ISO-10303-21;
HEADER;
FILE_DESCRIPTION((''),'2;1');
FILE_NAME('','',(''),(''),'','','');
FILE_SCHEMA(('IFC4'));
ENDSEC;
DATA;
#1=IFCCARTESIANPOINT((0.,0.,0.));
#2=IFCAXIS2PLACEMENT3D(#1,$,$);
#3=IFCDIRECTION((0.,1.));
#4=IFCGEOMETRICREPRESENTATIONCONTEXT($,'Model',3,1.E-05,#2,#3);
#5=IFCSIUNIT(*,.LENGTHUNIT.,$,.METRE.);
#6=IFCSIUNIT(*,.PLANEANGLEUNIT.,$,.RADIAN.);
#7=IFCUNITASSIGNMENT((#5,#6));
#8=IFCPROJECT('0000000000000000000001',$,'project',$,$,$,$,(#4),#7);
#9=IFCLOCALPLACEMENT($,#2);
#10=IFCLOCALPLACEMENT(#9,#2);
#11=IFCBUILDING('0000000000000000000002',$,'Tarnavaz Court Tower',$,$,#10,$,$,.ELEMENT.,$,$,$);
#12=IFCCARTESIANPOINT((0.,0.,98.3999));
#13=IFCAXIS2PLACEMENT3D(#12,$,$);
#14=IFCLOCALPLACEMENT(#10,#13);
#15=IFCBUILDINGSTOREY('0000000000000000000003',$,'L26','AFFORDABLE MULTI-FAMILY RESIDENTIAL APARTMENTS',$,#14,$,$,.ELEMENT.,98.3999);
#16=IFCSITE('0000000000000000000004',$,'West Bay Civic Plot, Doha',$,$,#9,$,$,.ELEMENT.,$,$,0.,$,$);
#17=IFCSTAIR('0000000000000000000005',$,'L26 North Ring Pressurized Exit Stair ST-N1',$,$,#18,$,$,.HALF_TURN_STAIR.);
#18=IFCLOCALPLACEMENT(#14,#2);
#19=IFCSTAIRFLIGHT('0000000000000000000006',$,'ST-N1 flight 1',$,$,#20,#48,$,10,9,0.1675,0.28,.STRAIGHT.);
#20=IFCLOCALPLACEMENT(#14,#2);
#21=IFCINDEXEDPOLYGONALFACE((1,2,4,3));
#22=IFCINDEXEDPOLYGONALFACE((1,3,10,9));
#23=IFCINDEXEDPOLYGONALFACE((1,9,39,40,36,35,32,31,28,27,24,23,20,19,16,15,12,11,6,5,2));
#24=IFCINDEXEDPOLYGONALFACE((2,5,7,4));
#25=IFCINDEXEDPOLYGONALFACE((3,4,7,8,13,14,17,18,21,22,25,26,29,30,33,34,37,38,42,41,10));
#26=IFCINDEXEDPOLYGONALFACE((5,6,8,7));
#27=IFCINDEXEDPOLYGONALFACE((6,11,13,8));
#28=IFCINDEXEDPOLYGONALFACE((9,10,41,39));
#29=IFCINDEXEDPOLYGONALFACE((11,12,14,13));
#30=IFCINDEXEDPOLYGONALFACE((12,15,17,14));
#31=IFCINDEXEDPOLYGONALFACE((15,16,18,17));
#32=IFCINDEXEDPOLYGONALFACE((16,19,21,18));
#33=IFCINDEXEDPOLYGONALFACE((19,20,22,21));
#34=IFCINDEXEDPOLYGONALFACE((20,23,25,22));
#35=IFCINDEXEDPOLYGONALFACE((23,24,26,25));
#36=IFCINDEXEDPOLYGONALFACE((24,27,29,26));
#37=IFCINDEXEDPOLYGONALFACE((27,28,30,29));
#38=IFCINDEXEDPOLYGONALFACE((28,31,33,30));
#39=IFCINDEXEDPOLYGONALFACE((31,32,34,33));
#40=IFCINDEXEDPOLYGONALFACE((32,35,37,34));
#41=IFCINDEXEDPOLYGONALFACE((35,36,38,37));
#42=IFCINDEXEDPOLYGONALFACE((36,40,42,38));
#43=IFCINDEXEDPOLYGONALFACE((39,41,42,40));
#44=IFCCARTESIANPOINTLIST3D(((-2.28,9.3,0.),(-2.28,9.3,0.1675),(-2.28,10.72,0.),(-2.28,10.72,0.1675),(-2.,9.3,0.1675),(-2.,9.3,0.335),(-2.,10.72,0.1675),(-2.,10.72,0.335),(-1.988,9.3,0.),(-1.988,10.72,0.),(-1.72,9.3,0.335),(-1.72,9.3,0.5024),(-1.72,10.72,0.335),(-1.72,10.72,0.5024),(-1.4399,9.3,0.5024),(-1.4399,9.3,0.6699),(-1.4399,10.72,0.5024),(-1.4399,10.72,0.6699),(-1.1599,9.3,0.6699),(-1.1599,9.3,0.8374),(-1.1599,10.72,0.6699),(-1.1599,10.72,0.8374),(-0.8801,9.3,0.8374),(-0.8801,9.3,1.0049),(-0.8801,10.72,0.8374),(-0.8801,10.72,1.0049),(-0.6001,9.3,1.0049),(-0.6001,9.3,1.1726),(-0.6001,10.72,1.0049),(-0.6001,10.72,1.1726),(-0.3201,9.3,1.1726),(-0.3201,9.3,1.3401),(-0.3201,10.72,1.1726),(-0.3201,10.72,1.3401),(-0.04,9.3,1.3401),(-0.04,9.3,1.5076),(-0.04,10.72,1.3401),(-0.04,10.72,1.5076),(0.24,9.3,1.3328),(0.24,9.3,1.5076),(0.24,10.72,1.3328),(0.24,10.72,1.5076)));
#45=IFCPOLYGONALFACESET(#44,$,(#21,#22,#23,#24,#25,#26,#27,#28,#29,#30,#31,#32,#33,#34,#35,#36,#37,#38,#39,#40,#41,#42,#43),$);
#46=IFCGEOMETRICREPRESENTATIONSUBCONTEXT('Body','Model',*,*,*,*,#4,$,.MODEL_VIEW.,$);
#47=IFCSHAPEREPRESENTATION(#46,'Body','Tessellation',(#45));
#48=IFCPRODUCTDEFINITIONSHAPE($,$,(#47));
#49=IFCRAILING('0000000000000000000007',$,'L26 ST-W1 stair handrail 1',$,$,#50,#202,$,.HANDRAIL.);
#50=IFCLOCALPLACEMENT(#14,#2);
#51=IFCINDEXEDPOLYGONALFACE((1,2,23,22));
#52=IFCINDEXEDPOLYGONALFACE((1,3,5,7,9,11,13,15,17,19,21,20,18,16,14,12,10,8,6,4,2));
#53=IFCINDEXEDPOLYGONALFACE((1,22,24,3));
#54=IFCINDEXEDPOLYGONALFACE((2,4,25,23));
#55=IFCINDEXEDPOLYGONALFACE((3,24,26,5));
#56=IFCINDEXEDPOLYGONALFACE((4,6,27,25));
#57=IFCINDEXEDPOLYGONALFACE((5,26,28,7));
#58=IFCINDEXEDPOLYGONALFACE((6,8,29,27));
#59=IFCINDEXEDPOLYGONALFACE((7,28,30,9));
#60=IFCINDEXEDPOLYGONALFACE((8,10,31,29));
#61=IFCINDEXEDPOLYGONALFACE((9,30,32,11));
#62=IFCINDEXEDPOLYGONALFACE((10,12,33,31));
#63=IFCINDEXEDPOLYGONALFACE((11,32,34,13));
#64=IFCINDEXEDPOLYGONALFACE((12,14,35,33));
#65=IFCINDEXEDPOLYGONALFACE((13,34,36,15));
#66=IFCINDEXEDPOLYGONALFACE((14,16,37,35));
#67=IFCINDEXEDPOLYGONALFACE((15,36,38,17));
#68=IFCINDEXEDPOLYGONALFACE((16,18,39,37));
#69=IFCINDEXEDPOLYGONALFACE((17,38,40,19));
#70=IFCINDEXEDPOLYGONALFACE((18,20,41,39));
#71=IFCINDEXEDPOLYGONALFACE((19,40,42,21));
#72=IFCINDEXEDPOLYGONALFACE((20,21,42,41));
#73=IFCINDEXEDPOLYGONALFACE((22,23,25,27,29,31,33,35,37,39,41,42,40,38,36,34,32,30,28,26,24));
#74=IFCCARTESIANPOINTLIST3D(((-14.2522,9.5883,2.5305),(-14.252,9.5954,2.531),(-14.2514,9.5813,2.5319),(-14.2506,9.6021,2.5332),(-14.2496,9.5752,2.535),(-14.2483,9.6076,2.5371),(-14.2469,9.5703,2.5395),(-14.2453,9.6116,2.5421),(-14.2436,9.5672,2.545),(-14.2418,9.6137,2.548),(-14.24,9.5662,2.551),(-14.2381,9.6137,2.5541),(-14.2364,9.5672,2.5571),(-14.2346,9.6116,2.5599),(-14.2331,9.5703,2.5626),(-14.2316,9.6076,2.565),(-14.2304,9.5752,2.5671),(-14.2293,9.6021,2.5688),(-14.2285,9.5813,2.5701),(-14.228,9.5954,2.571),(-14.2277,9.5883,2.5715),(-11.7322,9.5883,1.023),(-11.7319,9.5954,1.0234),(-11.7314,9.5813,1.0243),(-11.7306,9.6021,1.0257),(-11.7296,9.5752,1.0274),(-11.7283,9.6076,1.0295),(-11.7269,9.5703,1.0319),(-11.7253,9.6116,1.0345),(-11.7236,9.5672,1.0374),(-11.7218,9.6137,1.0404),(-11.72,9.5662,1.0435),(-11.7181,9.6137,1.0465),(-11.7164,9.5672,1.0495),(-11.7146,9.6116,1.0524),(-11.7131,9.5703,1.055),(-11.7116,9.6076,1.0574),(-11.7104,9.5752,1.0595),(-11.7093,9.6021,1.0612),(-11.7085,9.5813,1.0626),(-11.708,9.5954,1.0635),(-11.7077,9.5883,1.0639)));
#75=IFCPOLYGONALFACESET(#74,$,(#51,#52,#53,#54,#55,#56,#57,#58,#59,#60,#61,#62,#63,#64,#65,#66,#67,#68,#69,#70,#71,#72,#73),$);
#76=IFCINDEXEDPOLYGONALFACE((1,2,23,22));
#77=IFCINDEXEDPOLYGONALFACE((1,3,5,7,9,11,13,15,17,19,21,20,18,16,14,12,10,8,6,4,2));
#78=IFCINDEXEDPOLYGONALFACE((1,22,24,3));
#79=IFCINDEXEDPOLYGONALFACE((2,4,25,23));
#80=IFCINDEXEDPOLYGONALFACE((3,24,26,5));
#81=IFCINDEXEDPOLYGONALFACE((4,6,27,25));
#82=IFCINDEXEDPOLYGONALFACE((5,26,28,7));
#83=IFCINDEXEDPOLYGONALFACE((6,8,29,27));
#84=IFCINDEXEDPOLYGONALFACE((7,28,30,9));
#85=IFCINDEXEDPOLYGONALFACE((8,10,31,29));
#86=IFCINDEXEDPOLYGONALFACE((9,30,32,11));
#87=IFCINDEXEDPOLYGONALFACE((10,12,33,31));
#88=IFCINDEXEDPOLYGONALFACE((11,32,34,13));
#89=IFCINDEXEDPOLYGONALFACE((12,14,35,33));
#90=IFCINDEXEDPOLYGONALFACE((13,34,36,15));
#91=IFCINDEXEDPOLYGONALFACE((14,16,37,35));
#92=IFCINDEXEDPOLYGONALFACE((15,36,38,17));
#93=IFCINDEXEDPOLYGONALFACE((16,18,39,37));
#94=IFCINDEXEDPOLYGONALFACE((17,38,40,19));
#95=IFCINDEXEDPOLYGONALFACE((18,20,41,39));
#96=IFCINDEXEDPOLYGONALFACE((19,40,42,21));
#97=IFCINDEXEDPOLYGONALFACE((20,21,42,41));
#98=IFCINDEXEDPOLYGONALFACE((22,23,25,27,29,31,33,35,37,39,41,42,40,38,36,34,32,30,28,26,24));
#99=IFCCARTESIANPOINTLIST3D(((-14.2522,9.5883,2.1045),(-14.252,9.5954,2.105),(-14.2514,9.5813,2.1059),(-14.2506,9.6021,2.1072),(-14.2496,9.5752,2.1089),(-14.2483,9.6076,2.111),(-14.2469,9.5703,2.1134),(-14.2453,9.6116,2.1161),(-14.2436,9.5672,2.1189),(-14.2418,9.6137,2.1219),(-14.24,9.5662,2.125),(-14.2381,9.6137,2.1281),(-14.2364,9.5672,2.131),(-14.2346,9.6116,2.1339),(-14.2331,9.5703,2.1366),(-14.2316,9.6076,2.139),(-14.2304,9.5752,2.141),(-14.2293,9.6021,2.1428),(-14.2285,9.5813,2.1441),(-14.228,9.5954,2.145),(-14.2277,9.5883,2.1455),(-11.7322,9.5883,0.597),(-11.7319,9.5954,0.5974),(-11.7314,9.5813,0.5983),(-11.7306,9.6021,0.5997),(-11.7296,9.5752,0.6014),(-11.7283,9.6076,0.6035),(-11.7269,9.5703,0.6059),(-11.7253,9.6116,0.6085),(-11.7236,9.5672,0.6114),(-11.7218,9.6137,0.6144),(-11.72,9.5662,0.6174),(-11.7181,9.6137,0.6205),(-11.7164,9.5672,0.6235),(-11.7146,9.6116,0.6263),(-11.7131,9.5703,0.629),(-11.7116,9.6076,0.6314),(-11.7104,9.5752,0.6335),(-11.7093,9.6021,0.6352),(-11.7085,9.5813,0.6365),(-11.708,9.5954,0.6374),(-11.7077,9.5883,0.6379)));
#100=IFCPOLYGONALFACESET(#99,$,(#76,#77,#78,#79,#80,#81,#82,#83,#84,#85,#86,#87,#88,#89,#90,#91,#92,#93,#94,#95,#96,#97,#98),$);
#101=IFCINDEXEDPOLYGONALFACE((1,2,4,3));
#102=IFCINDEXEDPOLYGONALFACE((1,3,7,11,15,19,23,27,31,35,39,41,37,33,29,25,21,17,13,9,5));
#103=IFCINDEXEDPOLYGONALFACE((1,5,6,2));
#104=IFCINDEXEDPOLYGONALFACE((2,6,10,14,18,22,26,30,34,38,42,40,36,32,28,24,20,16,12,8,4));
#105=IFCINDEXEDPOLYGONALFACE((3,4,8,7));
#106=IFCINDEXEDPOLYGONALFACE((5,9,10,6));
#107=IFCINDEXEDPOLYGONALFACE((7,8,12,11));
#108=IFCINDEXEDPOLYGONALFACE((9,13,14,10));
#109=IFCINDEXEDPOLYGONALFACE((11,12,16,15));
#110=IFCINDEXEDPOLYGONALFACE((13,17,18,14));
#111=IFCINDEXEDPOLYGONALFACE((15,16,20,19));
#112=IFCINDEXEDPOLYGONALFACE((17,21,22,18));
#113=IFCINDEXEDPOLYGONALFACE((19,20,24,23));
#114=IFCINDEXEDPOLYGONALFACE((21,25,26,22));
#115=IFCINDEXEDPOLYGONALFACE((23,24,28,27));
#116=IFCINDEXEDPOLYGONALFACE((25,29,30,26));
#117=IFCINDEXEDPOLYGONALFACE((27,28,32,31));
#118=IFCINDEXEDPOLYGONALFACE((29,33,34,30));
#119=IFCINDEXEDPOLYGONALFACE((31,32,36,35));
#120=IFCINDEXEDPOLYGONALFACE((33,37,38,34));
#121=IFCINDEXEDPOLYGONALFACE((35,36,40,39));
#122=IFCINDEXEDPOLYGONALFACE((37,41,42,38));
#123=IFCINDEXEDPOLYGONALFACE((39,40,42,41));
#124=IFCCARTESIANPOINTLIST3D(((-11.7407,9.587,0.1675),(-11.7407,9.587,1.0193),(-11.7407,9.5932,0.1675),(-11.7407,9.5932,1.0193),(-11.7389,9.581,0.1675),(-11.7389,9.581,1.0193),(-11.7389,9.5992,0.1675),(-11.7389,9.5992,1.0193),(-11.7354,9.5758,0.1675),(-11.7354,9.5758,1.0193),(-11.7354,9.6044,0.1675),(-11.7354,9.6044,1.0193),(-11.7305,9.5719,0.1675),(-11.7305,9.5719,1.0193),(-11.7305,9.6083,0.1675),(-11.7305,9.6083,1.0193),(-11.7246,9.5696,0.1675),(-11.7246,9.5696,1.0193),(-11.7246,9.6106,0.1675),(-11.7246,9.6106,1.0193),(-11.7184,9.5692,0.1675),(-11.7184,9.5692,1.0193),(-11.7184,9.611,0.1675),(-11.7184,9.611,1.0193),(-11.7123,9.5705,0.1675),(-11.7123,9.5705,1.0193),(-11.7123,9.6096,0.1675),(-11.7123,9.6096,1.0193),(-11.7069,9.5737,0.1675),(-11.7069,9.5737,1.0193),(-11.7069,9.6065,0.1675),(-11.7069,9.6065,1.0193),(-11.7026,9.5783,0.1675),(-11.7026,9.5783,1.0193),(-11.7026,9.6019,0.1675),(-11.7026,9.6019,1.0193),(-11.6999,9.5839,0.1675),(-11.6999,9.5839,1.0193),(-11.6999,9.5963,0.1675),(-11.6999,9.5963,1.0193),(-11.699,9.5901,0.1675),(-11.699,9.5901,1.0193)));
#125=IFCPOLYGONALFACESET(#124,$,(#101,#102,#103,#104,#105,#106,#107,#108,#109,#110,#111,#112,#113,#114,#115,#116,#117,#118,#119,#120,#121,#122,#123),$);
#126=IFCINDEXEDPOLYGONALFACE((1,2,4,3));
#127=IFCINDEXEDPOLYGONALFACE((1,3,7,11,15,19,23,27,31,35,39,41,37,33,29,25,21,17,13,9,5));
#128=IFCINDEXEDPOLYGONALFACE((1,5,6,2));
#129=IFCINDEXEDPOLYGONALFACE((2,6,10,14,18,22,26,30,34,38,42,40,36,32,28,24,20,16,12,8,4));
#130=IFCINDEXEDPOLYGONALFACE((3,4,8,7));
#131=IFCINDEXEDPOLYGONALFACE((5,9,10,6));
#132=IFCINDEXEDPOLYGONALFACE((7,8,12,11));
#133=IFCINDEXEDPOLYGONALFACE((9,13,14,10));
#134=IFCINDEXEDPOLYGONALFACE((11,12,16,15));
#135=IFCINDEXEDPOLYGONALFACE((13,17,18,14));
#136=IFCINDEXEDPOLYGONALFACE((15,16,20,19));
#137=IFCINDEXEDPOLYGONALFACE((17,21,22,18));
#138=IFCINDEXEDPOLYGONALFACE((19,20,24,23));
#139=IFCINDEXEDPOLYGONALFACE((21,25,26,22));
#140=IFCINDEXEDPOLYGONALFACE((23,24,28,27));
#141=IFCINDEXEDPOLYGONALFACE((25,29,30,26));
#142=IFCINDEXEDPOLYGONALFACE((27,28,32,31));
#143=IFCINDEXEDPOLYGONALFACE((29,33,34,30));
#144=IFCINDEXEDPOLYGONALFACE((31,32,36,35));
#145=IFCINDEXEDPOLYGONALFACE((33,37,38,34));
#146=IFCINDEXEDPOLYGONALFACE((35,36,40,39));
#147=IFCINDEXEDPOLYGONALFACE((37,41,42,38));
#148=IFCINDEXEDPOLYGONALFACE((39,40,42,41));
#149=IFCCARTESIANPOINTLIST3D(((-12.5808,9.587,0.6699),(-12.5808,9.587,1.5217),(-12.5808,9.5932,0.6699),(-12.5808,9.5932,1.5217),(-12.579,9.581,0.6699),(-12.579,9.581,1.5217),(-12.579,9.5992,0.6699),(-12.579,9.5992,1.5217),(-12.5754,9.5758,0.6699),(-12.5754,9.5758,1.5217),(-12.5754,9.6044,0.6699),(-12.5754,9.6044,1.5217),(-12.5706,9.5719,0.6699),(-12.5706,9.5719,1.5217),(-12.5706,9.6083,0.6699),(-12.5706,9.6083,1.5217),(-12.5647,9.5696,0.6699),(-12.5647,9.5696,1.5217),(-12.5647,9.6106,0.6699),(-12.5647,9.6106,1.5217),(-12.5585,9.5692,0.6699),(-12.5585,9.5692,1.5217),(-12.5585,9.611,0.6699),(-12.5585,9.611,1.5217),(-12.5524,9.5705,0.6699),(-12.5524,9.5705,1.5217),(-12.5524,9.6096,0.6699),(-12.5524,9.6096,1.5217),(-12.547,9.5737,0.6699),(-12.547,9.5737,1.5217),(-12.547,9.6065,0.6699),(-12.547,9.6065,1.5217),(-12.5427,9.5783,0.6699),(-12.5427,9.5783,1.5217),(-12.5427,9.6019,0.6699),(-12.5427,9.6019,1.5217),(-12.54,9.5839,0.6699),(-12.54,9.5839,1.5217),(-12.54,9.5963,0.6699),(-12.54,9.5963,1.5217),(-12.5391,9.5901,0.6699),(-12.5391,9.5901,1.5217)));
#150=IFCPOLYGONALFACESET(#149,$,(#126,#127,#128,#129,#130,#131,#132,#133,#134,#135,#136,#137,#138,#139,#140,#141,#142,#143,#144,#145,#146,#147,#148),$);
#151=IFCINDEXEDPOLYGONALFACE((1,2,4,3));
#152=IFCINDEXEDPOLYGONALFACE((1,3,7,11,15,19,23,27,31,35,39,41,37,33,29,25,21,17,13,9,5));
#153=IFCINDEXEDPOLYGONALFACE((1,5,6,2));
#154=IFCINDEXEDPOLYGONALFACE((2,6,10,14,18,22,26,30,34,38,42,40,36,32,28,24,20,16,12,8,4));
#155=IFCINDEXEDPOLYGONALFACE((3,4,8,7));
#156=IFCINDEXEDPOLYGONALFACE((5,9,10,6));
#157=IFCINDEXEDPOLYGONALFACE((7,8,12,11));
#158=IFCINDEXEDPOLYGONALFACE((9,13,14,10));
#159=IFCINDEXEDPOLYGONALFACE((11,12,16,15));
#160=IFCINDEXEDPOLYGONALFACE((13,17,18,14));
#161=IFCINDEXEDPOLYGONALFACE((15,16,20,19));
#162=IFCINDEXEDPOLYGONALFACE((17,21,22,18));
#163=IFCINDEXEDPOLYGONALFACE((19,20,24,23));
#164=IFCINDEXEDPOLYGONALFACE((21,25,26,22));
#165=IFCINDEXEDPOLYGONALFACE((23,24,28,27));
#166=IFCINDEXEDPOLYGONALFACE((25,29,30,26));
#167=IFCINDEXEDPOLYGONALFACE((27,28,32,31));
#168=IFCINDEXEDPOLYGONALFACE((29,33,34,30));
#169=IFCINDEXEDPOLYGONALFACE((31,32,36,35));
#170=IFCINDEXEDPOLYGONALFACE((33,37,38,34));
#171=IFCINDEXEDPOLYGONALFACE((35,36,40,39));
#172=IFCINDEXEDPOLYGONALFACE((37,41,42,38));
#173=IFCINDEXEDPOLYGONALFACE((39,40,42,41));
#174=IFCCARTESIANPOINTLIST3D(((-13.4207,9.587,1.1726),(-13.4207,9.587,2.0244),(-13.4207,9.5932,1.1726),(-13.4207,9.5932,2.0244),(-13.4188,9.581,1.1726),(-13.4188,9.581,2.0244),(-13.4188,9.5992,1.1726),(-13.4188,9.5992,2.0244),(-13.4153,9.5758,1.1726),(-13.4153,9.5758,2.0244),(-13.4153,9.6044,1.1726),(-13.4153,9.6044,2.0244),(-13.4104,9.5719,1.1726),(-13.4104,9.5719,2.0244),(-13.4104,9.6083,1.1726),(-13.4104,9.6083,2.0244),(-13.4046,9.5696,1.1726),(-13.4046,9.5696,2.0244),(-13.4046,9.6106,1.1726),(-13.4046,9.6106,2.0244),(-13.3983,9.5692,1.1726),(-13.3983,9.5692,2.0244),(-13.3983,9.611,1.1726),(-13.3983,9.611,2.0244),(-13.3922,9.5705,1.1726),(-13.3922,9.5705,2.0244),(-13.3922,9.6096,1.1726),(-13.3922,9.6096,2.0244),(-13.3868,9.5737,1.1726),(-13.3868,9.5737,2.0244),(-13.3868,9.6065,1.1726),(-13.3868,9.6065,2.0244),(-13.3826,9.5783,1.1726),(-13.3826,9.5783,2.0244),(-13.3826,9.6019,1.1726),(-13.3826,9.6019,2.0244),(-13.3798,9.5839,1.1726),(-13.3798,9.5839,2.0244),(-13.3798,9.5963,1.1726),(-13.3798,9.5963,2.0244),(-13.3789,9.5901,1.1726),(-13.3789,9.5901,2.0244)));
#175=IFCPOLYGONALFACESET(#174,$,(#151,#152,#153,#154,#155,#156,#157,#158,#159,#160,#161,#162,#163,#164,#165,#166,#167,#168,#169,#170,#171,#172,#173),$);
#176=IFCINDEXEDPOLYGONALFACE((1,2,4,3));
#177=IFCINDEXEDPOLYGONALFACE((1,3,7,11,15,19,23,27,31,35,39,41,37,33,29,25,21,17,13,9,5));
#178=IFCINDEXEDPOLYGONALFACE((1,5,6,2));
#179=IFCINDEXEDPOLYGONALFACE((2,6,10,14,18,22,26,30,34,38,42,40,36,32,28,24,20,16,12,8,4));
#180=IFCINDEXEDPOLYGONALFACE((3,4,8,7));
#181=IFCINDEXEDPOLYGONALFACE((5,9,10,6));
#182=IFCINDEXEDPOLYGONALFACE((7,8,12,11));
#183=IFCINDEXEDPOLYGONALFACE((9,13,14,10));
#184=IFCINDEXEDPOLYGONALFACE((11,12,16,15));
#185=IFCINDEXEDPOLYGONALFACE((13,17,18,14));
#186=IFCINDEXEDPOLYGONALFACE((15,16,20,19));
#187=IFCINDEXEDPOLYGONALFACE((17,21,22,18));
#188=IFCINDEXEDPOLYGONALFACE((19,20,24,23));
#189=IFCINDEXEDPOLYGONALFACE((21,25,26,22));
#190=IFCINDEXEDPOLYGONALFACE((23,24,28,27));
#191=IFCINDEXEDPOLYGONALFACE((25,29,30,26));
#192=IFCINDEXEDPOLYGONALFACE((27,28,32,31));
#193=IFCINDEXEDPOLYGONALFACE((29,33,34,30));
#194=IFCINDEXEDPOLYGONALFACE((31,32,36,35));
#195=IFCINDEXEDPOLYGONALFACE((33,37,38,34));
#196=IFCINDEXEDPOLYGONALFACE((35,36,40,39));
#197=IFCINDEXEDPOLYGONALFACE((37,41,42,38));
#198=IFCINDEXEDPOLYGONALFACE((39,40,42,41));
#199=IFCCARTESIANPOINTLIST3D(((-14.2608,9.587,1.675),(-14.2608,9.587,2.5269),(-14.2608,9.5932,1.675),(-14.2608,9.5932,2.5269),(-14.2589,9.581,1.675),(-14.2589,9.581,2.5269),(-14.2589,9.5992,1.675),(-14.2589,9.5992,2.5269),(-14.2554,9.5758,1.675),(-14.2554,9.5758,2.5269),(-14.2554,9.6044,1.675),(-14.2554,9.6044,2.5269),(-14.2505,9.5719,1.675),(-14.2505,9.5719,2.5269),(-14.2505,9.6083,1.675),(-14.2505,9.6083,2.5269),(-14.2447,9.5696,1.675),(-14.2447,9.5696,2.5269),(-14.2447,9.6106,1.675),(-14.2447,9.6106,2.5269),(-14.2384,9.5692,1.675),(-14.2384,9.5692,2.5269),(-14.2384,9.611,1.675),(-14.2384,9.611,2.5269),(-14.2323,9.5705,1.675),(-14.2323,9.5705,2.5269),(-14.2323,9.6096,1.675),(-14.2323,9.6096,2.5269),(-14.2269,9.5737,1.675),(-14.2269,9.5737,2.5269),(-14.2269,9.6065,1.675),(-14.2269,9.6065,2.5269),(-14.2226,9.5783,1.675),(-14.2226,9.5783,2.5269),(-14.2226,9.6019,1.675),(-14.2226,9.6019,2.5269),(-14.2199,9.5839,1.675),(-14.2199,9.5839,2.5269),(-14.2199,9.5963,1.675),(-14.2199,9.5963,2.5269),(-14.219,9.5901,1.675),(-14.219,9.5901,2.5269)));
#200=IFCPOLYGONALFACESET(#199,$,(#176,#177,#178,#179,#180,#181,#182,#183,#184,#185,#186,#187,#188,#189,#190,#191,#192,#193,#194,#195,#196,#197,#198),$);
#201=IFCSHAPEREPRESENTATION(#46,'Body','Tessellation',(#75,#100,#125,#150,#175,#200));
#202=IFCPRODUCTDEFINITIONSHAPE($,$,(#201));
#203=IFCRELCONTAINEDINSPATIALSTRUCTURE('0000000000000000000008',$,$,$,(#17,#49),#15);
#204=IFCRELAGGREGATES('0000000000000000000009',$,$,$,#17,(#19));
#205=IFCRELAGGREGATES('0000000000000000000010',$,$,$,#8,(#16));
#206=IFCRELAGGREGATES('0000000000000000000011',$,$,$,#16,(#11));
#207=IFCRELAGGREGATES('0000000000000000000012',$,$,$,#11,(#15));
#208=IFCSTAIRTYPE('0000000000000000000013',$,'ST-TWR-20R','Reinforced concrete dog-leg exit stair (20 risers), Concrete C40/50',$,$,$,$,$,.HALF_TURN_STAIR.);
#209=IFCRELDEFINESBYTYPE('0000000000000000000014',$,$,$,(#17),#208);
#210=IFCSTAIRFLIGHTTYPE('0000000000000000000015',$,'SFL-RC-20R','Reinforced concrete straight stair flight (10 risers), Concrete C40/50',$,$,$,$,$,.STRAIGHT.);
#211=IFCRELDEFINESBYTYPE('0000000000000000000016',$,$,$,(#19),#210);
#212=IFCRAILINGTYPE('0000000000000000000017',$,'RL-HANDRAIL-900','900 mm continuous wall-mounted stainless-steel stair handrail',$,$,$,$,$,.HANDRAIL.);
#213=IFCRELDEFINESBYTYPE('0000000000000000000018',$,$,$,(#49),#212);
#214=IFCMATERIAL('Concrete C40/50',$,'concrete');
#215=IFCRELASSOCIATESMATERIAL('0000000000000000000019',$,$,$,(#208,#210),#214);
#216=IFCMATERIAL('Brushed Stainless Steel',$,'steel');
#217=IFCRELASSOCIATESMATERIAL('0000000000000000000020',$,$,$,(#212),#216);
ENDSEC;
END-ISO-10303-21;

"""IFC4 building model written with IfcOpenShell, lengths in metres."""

from ifc_helpers import new_model, si_unit, direction, frame, origin, origin_2d, place, context, subcontext, project, spatial, polyline, circle, outline, extrude, material, type_object, element, aggregate, save


model = new_model("IFC4")

# Units and contexts
model_context = context("Model", 3, precision=1e-05, world=origin(), true_north=direction((0.0, 1.0)))
body_context = subcontext(model_context, "Body", "Model", "MODEL_VIEW")
ifc_project = project(units=[si_unit("LENGTHUNIT", "METRE"), si_unit("PLANEANGLEUNIT", "RADIAN")], contexts=[model_context])

# Site, building, storey
site_placement = place(None, origin())
site = spatial("IfcSite", under=ifc_project, at=site_placement, Name="West Bay Civic Plot, Doha", CompositionType="ELEMENT", RefElevation=0.0)
building_placement = place(site_placement, origin())
building = spatial("IfcBuilding", under=site, at=building_placement, Name="Tarnavaz Court Tower", CompositionType="ELEMENT")
storey_placement = place(building_placement, frame((0.0, 0.0, 98.3999)))
storey = spatial("IfcBuildingStorey", under=building, at=storey_placement, Name="L26", Description="AFFORDABLE MULTI-FAMILY RESIDENTIAL APARTMENTS", CompositionType="ELEMENT", Elevation=98.3999)

# Stair, stair flight
ifc_material_1 = material(Name="Concrete C40/50", Category="concrete")
stair_type = type_object("IfcStairType", Name="ST-TWR-20R", Description="Reinforced concrete dog-leg exit stair (20 risers), Concrete C40/50", PredefinedType="HALF_TURN_STAIR", material=ifc_material_1)
stair_flight_type = type_object("IfcStairFlightType", Name="SFL-RC-20R", Description="Reinforced concrete straight stair flight (10 risers), Concrete C40/50", PredefinedType="STRAIGHT", material=ifc_material_1)
stair_1_placement = place(storey_placement, origin())
stair_1 = element("IfcStair", 1, at=stair_1_placement, inside=storey, type_object=stair_type, Name="L26 North Ring Pressurized Exit Stair ST-N1", PredefinedType="HALF_TURN_STAIR")
stair_flight_1_placement = place(storey_placement, frame((-2.28, 10.01, 0.0), z_axis=(0.0, 0.0, 1.0), x_axis=(1.0, 0.0, 0.0)))
stair_flight_1 = element("IfcStairFlight", 2, at=stair_flight_1_placement, type_object=stair_flight_type, Name="ST-N1 flight 1", NumberOfRisers=10, NumberOfTreads=9, PredefinedType="STRAIGHT", RiserHeight=0.1675, TreadLength=0.28, context=body_context, shape_type="SweptSolid", body=[
    extrude(outline(polyline([(0.0, 0.0), (0.0, 0.1675), (0.28, 0.1675), (0.28, 0.335), (0.5601, 0.335), (0.5601, 0.5024), (0.8401, 0.5024), (0.8401, 0.6699), (1.1201, 0.6699), (1.1201, 0.8374), (1.3999, 0.8374), (1.3999, 1.0049), (1.6799, 1.0049), (1.6799, 1.1726), (1.96, 1.1726), (1.96, 1.3401), (2.24, 1.3401), (2.24, 1.5076), (2.52, 1.5076), (2.52, 1.675), (2.52, 1.3328), (0.292, 0.0), (0.0, 0.0)])), frame((0.0, 0.71, 0.0), z_axis=(0.0, -1.0, 0.0), x_axis=(1.0, 0.0, 0.0)), (0.0, 0.0, 1.0), 1.4199),
])
aggregate(stair_1, [stair_flight_1])

# Railing
ifc_material_2 = material(Name="Brushed Stainless Steel", Category="steel")
railing_type_1 = type_object("IfcRailingType", Name="RL-HANDRAIL-900", Description="900 mm continuous wall-mounted stainless-steel stair handrail", PredefinedType="HANDRAIL", material=ifc_material_2)
railing_1_placement = place(storey_placement, frame((-11.72, 9.5901, 0.1675)))
element("IfcRailing", 3, at=railing_1_placement, inside=storey, type_object=railing_type_1, Name="L26 ST-W1 stair handrail 1", PredefinedType="HANDRAIL", context=body_context, shape_type="SweptSolid", body=[
    extrude(circle(Radius=0.0239, at=origin_2d()), frame((0.0, 0.0, 0.876), z_axis=(-0.85816, 0.0, 0.513383), x_axis=(0.0, -1.0, 0.0)), (0.0, 0.0, 1.0), 2.9365),
    extrude(circle(Radius=0.0239, at=origin_2d()), frame((0.0, 0.0, 0.45), z_axis=(-0.85816, 0.0, 0.513383), x_axis=(0.0, -1.0, 0.0)), (0.0, 0.0, 1.0), 2.9365),
    extrude(circle(Radius=0.021, at=origin_2d()), origin(), (0.0, 0.0, 1.0), 0.8518),
    extrude(circle(Radius=0.021, at=origin_2d()), frame((-0.8401, 0.0, 0.5024)), (0.0, 0.0, 1.0), 0.8518),
    extrude(circle(Radius=0.021, at=origin_2d()), frame((-1.6799, 0.0, 1.0051)), (0.0, 0.0, 1.0), 0.8518),
    extrude(circle(Radius=0.021, at=origin_2d()), frame((-2.52, 0.0, 1.5076)), (0.0, 0.0, 1.0), 0.8518),
])

save(model, "model.ifc")
